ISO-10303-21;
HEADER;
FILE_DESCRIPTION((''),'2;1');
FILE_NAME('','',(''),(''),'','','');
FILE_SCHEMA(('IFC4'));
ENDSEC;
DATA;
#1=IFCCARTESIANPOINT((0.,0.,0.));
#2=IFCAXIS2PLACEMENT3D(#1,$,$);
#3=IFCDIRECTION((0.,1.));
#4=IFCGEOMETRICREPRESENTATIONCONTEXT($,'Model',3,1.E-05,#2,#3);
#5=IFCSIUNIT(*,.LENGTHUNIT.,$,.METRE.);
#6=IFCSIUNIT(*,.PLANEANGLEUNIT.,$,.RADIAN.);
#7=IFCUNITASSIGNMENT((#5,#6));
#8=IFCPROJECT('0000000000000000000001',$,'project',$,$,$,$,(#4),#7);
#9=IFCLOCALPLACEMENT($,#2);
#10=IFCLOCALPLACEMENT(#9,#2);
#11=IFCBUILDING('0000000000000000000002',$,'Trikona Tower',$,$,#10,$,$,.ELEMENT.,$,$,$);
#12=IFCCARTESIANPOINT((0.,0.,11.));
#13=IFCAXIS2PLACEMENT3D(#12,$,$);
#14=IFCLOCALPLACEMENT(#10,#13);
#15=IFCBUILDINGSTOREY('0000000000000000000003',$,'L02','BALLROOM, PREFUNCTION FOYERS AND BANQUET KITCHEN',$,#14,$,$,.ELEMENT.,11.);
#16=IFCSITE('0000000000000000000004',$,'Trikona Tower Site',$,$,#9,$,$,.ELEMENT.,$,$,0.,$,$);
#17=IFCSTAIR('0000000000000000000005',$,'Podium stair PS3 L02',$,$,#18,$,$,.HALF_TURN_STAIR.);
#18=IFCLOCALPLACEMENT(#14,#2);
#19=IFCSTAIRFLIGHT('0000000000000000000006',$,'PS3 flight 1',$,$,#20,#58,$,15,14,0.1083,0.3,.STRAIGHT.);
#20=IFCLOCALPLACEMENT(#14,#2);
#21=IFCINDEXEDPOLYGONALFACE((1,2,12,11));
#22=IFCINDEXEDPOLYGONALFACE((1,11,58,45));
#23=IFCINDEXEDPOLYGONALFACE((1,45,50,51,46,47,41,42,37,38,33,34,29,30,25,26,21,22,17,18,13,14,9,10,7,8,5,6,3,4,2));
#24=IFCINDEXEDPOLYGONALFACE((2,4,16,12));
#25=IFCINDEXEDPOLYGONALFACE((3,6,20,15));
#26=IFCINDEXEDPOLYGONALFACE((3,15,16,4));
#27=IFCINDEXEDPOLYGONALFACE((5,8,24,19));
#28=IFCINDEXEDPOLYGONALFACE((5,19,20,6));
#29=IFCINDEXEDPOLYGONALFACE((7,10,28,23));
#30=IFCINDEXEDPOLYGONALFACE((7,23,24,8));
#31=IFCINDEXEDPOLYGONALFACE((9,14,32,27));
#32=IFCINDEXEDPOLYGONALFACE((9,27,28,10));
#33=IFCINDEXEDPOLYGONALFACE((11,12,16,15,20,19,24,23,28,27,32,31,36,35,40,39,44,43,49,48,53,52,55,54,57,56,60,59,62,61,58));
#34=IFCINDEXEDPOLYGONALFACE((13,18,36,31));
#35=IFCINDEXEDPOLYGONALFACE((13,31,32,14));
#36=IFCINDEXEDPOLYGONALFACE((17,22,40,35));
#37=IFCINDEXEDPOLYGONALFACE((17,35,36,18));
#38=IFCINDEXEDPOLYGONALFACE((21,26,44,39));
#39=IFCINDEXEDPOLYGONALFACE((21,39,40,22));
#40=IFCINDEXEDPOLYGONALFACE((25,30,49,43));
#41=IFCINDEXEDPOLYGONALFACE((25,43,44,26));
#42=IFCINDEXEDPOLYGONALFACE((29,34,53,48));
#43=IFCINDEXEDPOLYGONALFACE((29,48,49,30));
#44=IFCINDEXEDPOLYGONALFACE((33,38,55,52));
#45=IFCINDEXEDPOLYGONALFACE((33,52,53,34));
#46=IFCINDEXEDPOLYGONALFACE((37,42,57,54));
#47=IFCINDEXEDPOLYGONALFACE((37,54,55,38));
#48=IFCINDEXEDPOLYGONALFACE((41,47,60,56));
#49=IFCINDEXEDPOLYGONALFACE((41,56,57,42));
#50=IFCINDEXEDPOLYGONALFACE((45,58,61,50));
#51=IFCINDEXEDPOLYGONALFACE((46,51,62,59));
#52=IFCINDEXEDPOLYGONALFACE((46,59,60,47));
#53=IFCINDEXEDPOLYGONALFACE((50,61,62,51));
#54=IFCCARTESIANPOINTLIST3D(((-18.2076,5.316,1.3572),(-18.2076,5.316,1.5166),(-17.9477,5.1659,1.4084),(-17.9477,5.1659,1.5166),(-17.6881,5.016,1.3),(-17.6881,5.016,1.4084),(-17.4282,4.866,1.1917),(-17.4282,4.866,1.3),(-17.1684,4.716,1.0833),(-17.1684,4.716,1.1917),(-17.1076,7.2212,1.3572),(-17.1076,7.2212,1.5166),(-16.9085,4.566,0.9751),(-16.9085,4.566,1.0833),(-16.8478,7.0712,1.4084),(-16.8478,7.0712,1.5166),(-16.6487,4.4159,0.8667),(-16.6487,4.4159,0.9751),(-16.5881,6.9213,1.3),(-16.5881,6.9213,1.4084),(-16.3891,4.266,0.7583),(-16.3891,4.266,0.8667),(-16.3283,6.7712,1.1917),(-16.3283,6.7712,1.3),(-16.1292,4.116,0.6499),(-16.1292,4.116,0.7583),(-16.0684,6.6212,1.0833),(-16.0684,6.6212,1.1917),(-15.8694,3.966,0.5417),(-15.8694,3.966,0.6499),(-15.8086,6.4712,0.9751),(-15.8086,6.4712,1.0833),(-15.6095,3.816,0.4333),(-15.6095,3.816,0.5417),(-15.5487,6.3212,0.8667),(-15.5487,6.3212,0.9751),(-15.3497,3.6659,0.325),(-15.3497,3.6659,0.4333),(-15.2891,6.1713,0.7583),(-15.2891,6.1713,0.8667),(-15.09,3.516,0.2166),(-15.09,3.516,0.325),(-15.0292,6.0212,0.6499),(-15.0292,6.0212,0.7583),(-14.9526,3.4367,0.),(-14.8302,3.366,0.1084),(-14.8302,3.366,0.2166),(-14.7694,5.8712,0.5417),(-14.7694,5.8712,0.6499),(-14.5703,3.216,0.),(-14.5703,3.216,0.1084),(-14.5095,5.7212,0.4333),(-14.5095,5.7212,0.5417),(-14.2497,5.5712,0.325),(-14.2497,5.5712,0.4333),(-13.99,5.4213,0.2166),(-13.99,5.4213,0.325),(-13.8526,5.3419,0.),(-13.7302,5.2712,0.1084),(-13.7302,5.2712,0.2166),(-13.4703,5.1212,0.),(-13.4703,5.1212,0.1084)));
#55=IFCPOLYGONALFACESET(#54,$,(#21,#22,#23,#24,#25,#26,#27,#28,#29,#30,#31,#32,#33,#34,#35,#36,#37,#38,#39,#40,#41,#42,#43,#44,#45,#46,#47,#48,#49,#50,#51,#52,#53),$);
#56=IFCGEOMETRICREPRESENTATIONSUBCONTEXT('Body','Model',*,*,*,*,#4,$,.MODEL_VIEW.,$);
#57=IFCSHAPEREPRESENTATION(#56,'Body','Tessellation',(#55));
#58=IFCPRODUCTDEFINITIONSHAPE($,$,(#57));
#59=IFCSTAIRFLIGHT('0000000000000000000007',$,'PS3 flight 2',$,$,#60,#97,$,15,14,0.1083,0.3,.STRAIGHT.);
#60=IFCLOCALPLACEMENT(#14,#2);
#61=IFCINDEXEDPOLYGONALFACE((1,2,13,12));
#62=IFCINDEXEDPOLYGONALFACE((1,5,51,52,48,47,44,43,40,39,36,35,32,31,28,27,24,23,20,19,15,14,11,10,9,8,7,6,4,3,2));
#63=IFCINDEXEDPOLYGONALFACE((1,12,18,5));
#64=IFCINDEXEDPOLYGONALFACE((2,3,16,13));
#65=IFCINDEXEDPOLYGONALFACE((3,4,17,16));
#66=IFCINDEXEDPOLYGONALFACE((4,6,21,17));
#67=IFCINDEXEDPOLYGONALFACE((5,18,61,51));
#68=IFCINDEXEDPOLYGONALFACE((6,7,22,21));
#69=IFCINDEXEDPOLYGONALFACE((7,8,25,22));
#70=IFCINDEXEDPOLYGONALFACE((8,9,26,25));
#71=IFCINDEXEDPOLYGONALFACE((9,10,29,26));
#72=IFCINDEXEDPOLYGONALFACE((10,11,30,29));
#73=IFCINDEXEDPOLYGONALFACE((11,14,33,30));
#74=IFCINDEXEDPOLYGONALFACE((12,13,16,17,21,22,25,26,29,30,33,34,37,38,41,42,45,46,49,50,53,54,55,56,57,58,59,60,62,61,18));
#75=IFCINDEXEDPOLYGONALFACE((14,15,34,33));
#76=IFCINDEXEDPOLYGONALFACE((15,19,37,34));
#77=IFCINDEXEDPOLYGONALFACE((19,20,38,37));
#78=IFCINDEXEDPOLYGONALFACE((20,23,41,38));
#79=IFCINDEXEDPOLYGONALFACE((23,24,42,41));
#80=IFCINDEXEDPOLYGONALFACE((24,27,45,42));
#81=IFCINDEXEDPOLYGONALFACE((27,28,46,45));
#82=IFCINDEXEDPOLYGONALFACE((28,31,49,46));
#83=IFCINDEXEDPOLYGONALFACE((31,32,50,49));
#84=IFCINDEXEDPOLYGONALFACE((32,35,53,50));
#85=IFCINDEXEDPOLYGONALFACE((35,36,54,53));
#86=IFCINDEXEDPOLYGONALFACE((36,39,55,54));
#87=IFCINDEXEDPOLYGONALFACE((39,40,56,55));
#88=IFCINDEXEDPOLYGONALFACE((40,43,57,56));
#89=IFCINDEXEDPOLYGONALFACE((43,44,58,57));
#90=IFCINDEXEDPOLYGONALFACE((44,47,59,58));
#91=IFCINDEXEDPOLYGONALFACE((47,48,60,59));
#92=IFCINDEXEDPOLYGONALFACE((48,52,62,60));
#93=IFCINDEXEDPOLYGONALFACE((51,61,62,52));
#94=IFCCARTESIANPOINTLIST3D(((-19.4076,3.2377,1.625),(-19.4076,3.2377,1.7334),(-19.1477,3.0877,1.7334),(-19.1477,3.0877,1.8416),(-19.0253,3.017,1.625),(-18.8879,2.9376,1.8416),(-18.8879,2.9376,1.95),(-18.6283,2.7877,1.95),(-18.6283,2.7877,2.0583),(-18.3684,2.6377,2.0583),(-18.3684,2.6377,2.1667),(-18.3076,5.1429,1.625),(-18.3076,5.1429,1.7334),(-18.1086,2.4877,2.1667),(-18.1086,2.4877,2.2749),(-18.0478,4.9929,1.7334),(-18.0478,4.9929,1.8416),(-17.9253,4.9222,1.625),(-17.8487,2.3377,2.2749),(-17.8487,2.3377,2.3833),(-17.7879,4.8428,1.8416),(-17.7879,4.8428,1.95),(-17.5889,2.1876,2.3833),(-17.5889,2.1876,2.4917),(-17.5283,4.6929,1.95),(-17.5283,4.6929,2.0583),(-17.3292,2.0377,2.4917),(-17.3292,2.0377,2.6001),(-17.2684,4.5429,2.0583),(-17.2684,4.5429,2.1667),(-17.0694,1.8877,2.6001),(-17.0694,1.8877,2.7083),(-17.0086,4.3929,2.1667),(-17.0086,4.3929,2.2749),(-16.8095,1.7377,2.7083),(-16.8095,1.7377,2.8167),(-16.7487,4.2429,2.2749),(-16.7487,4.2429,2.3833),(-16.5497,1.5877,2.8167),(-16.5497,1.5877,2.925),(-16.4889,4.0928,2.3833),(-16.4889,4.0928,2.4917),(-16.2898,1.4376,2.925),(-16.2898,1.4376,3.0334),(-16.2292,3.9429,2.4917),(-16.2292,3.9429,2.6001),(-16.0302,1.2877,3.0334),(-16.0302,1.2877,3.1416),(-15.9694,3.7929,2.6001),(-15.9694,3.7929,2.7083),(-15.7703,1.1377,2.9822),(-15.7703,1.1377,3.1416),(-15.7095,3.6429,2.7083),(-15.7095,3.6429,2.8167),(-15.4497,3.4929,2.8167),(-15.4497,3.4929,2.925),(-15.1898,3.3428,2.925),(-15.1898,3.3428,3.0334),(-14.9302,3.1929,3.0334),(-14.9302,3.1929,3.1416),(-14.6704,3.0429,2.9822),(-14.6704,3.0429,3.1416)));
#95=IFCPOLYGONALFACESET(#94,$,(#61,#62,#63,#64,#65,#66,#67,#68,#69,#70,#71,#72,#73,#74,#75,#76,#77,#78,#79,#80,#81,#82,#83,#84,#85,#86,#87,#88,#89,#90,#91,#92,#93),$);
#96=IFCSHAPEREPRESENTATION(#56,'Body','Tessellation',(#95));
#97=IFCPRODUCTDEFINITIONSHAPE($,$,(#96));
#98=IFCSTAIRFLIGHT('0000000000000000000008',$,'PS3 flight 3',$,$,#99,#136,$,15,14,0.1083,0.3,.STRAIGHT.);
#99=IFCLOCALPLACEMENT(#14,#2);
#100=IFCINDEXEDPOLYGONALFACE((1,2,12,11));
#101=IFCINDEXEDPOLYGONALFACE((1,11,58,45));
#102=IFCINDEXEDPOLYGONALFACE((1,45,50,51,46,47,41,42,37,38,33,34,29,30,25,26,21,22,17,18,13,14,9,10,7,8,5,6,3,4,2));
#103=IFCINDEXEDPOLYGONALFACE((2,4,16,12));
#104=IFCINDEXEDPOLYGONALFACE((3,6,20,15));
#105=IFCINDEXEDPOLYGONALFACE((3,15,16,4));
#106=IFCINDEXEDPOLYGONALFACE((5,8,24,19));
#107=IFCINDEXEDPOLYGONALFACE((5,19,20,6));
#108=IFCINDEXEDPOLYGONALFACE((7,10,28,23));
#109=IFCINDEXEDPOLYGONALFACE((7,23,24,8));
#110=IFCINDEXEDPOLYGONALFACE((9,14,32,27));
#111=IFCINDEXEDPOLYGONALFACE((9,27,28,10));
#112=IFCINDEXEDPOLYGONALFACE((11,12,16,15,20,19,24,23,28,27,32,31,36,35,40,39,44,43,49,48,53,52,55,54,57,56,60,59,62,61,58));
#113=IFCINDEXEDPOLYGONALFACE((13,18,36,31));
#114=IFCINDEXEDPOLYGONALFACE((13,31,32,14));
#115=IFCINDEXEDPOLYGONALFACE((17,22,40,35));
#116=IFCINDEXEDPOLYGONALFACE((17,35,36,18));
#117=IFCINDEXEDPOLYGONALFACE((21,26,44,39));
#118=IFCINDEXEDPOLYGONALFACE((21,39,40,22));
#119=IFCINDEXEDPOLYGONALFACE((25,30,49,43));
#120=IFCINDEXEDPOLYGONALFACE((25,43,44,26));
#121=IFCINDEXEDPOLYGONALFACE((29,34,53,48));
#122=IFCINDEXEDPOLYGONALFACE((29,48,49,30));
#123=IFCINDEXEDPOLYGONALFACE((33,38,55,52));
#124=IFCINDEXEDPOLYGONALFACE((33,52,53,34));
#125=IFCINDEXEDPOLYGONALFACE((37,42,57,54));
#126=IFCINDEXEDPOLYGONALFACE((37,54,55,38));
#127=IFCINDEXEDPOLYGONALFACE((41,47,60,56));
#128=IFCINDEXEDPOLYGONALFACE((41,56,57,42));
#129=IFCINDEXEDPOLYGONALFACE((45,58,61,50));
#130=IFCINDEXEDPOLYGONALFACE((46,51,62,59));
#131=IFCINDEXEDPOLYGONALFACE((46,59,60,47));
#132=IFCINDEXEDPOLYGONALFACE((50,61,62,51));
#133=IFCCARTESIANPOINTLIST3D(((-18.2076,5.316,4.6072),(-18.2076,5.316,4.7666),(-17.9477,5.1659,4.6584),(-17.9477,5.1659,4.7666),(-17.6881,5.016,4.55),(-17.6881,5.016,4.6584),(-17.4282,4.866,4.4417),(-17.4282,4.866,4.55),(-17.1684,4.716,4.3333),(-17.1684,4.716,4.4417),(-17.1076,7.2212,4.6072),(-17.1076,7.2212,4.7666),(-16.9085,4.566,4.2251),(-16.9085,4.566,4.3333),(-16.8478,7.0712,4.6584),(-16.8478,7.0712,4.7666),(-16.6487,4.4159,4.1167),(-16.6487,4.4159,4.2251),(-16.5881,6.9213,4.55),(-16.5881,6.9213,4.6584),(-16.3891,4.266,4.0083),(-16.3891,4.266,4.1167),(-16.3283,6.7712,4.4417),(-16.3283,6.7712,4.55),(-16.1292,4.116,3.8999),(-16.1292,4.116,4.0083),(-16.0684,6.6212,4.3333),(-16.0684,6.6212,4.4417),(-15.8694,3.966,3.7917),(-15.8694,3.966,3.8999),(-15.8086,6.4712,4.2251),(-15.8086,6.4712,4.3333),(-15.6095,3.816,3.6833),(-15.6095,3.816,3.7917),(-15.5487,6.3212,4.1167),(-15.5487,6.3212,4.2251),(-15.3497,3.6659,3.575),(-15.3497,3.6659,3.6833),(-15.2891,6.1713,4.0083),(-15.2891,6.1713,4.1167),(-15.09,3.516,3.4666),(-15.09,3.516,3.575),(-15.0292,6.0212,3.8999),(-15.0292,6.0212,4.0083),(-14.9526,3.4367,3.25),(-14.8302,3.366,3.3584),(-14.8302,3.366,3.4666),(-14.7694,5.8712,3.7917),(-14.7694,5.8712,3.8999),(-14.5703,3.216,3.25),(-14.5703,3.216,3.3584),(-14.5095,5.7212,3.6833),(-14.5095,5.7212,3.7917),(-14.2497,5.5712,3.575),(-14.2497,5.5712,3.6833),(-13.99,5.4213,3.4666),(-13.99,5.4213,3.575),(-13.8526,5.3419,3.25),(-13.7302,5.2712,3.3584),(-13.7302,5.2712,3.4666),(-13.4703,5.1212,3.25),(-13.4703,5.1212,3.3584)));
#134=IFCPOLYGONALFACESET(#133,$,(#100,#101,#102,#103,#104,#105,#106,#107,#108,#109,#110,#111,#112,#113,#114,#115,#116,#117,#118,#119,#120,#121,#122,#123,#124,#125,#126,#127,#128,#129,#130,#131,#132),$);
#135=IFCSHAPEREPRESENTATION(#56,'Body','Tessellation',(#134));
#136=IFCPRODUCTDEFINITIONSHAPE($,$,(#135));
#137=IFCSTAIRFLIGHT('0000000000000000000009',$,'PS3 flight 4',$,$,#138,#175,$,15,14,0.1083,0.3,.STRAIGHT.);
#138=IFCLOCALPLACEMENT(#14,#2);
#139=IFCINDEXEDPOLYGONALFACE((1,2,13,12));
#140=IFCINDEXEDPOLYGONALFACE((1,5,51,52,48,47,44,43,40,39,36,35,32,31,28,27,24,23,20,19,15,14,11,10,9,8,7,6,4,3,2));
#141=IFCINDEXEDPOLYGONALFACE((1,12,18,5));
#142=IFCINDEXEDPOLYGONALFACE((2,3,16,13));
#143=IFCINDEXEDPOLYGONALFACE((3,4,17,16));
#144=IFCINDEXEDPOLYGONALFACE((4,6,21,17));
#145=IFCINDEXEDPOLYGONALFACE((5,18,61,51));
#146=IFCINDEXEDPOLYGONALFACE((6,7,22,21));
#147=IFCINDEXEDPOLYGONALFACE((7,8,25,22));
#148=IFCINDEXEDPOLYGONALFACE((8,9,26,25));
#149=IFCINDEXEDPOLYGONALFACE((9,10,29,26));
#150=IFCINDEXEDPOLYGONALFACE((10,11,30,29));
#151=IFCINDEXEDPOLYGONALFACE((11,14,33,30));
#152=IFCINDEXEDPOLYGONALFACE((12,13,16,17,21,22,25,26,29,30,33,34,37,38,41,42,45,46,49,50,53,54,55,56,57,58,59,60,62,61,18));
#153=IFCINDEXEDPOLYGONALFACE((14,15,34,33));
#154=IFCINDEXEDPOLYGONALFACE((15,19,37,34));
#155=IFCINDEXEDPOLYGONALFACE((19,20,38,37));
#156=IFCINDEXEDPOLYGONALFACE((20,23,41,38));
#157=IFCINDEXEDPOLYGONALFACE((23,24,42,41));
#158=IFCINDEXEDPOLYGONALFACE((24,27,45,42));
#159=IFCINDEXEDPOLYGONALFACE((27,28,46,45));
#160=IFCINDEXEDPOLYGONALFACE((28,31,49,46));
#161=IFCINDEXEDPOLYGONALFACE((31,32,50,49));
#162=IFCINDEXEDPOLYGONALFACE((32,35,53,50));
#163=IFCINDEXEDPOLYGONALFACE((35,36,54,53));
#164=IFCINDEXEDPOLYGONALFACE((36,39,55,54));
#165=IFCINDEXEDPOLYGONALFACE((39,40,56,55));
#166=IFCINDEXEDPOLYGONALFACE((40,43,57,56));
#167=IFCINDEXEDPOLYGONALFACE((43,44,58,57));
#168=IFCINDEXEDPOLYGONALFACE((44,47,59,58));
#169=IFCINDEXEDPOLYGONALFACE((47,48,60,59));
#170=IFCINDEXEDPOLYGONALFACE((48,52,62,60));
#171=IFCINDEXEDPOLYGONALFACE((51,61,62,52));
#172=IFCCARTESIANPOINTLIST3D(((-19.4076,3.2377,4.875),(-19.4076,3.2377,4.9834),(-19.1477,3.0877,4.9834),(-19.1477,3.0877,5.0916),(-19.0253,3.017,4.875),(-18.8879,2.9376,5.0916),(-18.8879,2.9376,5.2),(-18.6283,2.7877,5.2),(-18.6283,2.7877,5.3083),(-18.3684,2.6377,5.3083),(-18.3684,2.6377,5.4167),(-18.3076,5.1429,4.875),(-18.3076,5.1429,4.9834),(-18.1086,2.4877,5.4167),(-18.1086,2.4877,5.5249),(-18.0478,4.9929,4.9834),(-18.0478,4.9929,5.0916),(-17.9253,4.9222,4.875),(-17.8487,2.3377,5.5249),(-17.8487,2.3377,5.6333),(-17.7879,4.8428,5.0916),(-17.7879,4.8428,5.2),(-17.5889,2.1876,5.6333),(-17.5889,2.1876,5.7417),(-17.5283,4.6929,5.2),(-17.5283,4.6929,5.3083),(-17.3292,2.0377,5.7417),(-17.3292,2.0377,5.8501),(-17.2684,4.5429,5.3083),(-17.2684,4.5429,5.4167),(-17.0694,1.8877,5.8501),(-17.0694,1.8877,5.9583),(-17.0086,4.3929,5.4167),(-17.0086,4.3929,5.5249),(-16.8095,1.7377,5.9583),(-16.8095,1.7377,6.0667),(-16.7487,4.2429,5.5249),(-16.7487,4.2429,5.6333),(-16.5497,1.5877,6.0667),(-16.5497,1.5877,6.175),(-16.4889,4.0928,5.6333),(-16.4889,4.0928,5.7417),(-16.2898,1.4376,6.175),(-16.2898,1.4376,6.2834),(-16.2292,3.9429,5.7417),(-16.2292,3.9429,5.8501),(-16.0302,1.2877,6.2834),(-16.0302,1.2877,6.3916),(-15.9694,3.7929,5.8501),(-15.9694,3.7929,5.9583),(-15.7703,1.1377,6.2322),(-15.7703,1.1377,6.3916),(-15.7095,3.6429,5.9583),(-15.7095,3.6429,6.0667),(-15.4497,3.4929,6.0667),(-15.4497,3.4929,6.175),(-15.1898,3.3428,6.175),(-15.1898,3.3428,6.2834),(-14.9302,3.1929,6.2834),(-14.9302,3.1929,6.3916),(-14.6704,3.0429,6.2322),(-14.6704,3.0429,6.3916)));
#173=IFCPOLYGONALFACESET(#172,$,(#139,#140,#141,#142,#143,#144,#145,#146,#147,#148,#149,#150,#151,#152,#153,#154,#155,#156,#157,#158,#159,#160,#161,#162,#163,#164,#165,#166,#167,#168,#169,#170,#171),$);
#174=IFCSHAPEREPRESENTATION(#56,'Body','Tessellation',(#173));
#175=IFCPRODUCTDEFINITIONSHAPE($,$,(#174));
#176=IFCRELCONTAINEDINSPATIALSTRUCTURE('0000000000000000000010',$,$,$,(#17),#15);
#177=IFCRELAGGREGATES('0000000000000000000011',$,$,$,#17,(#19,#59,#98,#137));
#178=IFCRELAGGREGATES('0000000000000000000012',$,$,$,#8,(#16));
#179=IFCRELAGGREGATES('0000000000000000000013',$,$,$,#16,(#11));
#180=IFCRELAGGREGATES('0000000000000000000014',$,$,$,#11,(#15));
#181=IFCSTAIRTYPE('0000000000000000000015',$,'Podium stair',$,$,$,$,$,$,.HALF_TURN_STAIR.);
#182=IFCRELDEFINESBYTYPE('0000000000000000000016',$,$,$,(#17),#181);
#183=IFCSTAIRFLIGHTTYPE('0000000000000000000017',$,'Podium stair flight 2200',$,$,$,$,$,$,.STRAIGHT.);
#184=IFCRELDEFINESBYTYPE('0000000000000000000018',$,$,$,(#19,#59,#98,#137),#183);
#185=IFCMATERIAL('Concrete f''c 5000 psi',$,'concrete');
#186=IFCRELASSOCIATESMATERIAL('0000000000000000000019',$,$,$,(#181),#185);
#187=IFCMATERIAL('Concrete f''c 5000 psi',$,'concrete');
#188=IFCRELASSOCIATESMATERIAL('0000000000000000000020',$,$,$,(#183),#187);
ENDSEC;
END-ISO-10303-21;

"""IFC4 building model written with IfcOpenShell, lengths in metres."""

from ifc_helpers import new_model, si_unit, direction, frame, origin, place, context, subcontext, project, spatial, polyline, outline, extrude, material, type_object, element, aggregate, save


model = new_model("IFC4")

# Units and contexts
model_context = context("Model", 3, precision=1e-05, world=origin(), true_north=direction((0.0, 1.0)))
body_context = subcontext(model_context, "Body", "Model", "MODEL_VIEW")
ifc_project = project(units=[si_unit("LENGTHUNIT", "METRE"), si_unit("PLANEANGLEUNIT", "RADIAN")], contexts=[model_context])

# Site, building, storey
site_placement = place(None, origin())
site = spatial("IfcSite", under=ifc_project, at=site_placement, Name="Trikona Tower Site", CompositionType="ELEMENT", RefElevation=0.0)
building_placement = place(site_placement, origin())
building = spatial("IfcBuilding", under=site, at=building_placement, Name="Trikona Tower", CompositionType="ELEMENT")
storey_placement = place(building_placement, frame((0.0, 0.0, 11.0)))
storey = spatial("IfcBuildingStorey", under=building, at=storey_placement, Name="L02", Description="BALLROOM, PREFUNCTION FOYERS AND BANQUET KITCHEN", CompositionType="ELEMENT", Elevation=11.0)

# Stair, stair flights
ifc_material_1 = material(Name="Concrete f'c 5000 psi", Category="concrete")
stair_type_1 = type_object("IfcStairType", Name="Podium stair", PredefinedType="HALF_TURN_STAIR", material=ifc_material_1)
stair_1_placement = place(storey_placement, origin())
stair_1 = element("IfcStair", 1, at=stair_1_placement, inside=storey, type_object=stair_type_1, Name="Podium stair PS3 L02", PredefinedType="HALF_TURN_STAIR")
ifc_material_2 = material(Name="Concrete f'c 5000 psi", Category="concrete")
stair_flight_type_1 = type_object("IfcStairFlightType", Name="Podium stair flight 2200", PredefinedType="STRAIGHT", material=ifc_material_2)
stair_flight_1_placement = place(storey_placement, frame((-14.0203, 4.1687, 0.0), z_axis=(0.0, 0.0, 1.0), x_axis=(-0.866025, 0.5, 0.0)))
stair_flight_1 = element("IfcStairFlight", 2, at=stair_flight_1_placement, type_object=stair_flight_type_1, Name="PS3 flight 1", NumberOfRisers=15, NumberOfTreads=14, PredefinedType="STRAIGHT", RiserHeight=0.1083, TreadLength=0.3, context=body_context, shape_type="SweptSolid", body=[
    extrude(outline(polyline([(0.0, 0.0), (0.0, 0.1084), (0.3, 0.1084), (0.3, 0.2166), (0.6001, 0.2166), (0.6001, 0.325), (0.8999, 0.325), (0.8999, 0.4333), (1.2, 0.4333), (1.2, 0.5417), (1.5, 0.5417), (1.5, 0.6499), (1.8, 0.6499), (1.8, 0.7583), (2.1001, 0.7583), (2.1001, 0.8667), (2.3999, 0.8667), (2.3999, 0.9751), (2.7, 0.9751), (2.7, 1.0833), (3.0, 1.0833), (3.0, 1.1917), (3.3, 1.1917), (3.3, 1.3), (3.6001, 1.3), (3.6001, 1.4084), (3.8999, 1.4084), (3.8999, 1.5166), (4.2, 1.5166), (4.2, 1.625), (4.2, 1.3572), (0.4414, 0.0), (0.0, 0.0)])), frame((0.0, 1.1001, 0.0), z_axis=(0.0, -1.0, 0.0), x_axis=(1.0, 0.0, 0.0)), (0.0, 0.0, 1.0), 2.2),
])
stair_flight_2_placement = place(storey_placement, frame((-18.8577, 4.1902, 1.625), z_axis=(0.0, 0.0, 1.0), x_axis=(0.866025, -0.5, 0.0)))
stair_flight_2 = element("IfcStairFlight", 3, at=stair_flight_2_placement, type_object=stair_flight_type_1, Name="PS3 flight 2", NumberOfRisers=15, NumberOfTreads=14, PredefinedType="STRAIGHT", RiserHeight=0.1083, TreadLength=0.3, context=body_context, shape_type="SweptSolid", body=[
    extrude(outline(polyline([(0.0, 0.0), (0.0, 0.1084), (0.3, 0.1084), (0.3, 0.2166), (0.6001, 0.2166), (0.6001, 0.325), (0.8999, 0.325), (0.8999, 0.4333), (1.2, 0.4333), (1.2, 0.5417), (1.5, 0.5417), (1.5, 0.6499), (1.8, 0.6499), (1.8, 0.7583), (2.1001, 0.7583), (2.1001, 0.8667), (2.3999, 0.8667), (2.3999, 0.9751), (2.7, 0.9751), (2.7, 1.0833), (3.0, 1.0833), (3.0, 1.1917), (3.3, 1.1917), (3.3, 1.3), (3.6001, 1.3), (3.6001, 1.4084), (3.8999, 1.4084), (3.8999, 1.5166), (4.2, 1.5166), (4.2, 1.625), (4.2, 1.3572), (0.4414, 0.0), (0.0, 0.0)])), frame((0.0, 1.1001, 0.0), z_axis=(0.0, -1.0, 0.0), x_axis=(1.0, 0.0, 0.0)), (0.0, 0.0, 1.0), 2.2),
])
stair_flight_3_placement = place(storey_placement, frame((-14.0203, 4.1687, 3.25), z_axis=(0.0, 0.0, 1.0), x_axis=(-0.866025, 0.5, 0.0)))
stair_flight_3 = element("IfcStairFlight", 4, at=stair_flight_3_placement, type_object=stair_flight_type_1, Name="PS3 flight 3", NumberOfRisers=15, NumberOfTreads=14, PredefinedType="STRAIGHT", RiserHeight=0.1083, TreadLength=0.3, context=body_context, shape_type="SweptSolid", body=[
    extrude(outline(polyline([(0.0, 0.0), (0.0, 0.1084), (0.3, 0.1084), (0.3, 0.2166), (0.6001, 0.2166), (0.6001, 0.325), (0.8999, 0.325), (0.8999, 0.4333), (1.2, 0.4333), (1.2, 0.5417), (1.5, 0.5417), (1.5, 0.6499), (1.8, 0.6499), (1.8, 0.7583), (2.1001, 0.7583), (2.1001, 0.8667), (2.3999, 0.8667), (2.3999, 0.9751), (2.7, 0.9751), (2.7, 1.0833), (3.0, 1.0833), (3.0, 1.1917), (3.3, 1.1917), (3.3, 1.3), (3.6001, 1.3), (3.6001, 1.4084), (3.8999, 1.4084), (3.8999, 1.5166), (4.2, 1.5166), (4.2, 1.625), (4.2, 1.3572), (0.4414, 0.0), (0.0, 0.0)])), frame((0.0, 1.1001, 0.0), z_axis=(0.0, -1.0, 0.0), x_axis=(1.0, 0.0, 0.0)), (0.0, 0.0, 1.0), 2.2),
])
stair_flight_4_placement = place(storey_placement, frame((-18.8577, 4.1902, 4.875), z_axis=(0.0, 0.0, 1.0), x_axis=(0.866025, -0.5, 0.0)))
stair_flight_4 = element("IfcStairFlight", 5, at=stair_flight_4_placement, type_object=stair_flight_type_1, Name="PS3 flight 4", NumberOfRisers=15, NumberOfTreads=14, PredefinedType="STRAIGHT", RiserHeight=0.1083, TreadLength=0.3, context=body_context, shape_type="SweptSolid", body=[
    extrude(outline(polyline([(0.0, 0.0), (0.0, 0.1084), (0.3, 0.1084), (0.3, 0.2166), (0.6001, 0.2166), (0.6001, 0.325), (0.8999, 0.325), (0.8999, 0.4333), (1.2, 0.4333), (1.2, 0.5417), (1.5, 0.5417), (1.5, 0.6499), (1.8, 0.6499), (1.8, 0.7583), (2.1001, 0.7583), (2.1001, 0.8667), (2.3999, 0.8667), (2.3999, 0.9751), (2.7, 0.9751), (2.7, 1.0833), (3.0, 1.0833), (3.0, 1.1917), (3.3, 1.1917), (3.3, 1.3), (3.6001, 1.3), (3.6001, 1.4084), (3.8999, 1.4084), (3.8999, 1.5166), (4.2, 1.5166), (4.2, 1.625), (4.2, 1.3572), (0.4414, 0.0), (0.0, 0.0)])), frame((0.0, 1.1001, 0.0), z_axis=(0.0, -1.0, 0.0), x_axis=(1.0, 0.0, 0.0)), (0.0, 0.0, 1.0), 2.2),
])
aggregate(stair_1, [stair_flight_1, stair_flight_2, stair_flight_3, stair_flight_4])

save(model, "model.ifc")
